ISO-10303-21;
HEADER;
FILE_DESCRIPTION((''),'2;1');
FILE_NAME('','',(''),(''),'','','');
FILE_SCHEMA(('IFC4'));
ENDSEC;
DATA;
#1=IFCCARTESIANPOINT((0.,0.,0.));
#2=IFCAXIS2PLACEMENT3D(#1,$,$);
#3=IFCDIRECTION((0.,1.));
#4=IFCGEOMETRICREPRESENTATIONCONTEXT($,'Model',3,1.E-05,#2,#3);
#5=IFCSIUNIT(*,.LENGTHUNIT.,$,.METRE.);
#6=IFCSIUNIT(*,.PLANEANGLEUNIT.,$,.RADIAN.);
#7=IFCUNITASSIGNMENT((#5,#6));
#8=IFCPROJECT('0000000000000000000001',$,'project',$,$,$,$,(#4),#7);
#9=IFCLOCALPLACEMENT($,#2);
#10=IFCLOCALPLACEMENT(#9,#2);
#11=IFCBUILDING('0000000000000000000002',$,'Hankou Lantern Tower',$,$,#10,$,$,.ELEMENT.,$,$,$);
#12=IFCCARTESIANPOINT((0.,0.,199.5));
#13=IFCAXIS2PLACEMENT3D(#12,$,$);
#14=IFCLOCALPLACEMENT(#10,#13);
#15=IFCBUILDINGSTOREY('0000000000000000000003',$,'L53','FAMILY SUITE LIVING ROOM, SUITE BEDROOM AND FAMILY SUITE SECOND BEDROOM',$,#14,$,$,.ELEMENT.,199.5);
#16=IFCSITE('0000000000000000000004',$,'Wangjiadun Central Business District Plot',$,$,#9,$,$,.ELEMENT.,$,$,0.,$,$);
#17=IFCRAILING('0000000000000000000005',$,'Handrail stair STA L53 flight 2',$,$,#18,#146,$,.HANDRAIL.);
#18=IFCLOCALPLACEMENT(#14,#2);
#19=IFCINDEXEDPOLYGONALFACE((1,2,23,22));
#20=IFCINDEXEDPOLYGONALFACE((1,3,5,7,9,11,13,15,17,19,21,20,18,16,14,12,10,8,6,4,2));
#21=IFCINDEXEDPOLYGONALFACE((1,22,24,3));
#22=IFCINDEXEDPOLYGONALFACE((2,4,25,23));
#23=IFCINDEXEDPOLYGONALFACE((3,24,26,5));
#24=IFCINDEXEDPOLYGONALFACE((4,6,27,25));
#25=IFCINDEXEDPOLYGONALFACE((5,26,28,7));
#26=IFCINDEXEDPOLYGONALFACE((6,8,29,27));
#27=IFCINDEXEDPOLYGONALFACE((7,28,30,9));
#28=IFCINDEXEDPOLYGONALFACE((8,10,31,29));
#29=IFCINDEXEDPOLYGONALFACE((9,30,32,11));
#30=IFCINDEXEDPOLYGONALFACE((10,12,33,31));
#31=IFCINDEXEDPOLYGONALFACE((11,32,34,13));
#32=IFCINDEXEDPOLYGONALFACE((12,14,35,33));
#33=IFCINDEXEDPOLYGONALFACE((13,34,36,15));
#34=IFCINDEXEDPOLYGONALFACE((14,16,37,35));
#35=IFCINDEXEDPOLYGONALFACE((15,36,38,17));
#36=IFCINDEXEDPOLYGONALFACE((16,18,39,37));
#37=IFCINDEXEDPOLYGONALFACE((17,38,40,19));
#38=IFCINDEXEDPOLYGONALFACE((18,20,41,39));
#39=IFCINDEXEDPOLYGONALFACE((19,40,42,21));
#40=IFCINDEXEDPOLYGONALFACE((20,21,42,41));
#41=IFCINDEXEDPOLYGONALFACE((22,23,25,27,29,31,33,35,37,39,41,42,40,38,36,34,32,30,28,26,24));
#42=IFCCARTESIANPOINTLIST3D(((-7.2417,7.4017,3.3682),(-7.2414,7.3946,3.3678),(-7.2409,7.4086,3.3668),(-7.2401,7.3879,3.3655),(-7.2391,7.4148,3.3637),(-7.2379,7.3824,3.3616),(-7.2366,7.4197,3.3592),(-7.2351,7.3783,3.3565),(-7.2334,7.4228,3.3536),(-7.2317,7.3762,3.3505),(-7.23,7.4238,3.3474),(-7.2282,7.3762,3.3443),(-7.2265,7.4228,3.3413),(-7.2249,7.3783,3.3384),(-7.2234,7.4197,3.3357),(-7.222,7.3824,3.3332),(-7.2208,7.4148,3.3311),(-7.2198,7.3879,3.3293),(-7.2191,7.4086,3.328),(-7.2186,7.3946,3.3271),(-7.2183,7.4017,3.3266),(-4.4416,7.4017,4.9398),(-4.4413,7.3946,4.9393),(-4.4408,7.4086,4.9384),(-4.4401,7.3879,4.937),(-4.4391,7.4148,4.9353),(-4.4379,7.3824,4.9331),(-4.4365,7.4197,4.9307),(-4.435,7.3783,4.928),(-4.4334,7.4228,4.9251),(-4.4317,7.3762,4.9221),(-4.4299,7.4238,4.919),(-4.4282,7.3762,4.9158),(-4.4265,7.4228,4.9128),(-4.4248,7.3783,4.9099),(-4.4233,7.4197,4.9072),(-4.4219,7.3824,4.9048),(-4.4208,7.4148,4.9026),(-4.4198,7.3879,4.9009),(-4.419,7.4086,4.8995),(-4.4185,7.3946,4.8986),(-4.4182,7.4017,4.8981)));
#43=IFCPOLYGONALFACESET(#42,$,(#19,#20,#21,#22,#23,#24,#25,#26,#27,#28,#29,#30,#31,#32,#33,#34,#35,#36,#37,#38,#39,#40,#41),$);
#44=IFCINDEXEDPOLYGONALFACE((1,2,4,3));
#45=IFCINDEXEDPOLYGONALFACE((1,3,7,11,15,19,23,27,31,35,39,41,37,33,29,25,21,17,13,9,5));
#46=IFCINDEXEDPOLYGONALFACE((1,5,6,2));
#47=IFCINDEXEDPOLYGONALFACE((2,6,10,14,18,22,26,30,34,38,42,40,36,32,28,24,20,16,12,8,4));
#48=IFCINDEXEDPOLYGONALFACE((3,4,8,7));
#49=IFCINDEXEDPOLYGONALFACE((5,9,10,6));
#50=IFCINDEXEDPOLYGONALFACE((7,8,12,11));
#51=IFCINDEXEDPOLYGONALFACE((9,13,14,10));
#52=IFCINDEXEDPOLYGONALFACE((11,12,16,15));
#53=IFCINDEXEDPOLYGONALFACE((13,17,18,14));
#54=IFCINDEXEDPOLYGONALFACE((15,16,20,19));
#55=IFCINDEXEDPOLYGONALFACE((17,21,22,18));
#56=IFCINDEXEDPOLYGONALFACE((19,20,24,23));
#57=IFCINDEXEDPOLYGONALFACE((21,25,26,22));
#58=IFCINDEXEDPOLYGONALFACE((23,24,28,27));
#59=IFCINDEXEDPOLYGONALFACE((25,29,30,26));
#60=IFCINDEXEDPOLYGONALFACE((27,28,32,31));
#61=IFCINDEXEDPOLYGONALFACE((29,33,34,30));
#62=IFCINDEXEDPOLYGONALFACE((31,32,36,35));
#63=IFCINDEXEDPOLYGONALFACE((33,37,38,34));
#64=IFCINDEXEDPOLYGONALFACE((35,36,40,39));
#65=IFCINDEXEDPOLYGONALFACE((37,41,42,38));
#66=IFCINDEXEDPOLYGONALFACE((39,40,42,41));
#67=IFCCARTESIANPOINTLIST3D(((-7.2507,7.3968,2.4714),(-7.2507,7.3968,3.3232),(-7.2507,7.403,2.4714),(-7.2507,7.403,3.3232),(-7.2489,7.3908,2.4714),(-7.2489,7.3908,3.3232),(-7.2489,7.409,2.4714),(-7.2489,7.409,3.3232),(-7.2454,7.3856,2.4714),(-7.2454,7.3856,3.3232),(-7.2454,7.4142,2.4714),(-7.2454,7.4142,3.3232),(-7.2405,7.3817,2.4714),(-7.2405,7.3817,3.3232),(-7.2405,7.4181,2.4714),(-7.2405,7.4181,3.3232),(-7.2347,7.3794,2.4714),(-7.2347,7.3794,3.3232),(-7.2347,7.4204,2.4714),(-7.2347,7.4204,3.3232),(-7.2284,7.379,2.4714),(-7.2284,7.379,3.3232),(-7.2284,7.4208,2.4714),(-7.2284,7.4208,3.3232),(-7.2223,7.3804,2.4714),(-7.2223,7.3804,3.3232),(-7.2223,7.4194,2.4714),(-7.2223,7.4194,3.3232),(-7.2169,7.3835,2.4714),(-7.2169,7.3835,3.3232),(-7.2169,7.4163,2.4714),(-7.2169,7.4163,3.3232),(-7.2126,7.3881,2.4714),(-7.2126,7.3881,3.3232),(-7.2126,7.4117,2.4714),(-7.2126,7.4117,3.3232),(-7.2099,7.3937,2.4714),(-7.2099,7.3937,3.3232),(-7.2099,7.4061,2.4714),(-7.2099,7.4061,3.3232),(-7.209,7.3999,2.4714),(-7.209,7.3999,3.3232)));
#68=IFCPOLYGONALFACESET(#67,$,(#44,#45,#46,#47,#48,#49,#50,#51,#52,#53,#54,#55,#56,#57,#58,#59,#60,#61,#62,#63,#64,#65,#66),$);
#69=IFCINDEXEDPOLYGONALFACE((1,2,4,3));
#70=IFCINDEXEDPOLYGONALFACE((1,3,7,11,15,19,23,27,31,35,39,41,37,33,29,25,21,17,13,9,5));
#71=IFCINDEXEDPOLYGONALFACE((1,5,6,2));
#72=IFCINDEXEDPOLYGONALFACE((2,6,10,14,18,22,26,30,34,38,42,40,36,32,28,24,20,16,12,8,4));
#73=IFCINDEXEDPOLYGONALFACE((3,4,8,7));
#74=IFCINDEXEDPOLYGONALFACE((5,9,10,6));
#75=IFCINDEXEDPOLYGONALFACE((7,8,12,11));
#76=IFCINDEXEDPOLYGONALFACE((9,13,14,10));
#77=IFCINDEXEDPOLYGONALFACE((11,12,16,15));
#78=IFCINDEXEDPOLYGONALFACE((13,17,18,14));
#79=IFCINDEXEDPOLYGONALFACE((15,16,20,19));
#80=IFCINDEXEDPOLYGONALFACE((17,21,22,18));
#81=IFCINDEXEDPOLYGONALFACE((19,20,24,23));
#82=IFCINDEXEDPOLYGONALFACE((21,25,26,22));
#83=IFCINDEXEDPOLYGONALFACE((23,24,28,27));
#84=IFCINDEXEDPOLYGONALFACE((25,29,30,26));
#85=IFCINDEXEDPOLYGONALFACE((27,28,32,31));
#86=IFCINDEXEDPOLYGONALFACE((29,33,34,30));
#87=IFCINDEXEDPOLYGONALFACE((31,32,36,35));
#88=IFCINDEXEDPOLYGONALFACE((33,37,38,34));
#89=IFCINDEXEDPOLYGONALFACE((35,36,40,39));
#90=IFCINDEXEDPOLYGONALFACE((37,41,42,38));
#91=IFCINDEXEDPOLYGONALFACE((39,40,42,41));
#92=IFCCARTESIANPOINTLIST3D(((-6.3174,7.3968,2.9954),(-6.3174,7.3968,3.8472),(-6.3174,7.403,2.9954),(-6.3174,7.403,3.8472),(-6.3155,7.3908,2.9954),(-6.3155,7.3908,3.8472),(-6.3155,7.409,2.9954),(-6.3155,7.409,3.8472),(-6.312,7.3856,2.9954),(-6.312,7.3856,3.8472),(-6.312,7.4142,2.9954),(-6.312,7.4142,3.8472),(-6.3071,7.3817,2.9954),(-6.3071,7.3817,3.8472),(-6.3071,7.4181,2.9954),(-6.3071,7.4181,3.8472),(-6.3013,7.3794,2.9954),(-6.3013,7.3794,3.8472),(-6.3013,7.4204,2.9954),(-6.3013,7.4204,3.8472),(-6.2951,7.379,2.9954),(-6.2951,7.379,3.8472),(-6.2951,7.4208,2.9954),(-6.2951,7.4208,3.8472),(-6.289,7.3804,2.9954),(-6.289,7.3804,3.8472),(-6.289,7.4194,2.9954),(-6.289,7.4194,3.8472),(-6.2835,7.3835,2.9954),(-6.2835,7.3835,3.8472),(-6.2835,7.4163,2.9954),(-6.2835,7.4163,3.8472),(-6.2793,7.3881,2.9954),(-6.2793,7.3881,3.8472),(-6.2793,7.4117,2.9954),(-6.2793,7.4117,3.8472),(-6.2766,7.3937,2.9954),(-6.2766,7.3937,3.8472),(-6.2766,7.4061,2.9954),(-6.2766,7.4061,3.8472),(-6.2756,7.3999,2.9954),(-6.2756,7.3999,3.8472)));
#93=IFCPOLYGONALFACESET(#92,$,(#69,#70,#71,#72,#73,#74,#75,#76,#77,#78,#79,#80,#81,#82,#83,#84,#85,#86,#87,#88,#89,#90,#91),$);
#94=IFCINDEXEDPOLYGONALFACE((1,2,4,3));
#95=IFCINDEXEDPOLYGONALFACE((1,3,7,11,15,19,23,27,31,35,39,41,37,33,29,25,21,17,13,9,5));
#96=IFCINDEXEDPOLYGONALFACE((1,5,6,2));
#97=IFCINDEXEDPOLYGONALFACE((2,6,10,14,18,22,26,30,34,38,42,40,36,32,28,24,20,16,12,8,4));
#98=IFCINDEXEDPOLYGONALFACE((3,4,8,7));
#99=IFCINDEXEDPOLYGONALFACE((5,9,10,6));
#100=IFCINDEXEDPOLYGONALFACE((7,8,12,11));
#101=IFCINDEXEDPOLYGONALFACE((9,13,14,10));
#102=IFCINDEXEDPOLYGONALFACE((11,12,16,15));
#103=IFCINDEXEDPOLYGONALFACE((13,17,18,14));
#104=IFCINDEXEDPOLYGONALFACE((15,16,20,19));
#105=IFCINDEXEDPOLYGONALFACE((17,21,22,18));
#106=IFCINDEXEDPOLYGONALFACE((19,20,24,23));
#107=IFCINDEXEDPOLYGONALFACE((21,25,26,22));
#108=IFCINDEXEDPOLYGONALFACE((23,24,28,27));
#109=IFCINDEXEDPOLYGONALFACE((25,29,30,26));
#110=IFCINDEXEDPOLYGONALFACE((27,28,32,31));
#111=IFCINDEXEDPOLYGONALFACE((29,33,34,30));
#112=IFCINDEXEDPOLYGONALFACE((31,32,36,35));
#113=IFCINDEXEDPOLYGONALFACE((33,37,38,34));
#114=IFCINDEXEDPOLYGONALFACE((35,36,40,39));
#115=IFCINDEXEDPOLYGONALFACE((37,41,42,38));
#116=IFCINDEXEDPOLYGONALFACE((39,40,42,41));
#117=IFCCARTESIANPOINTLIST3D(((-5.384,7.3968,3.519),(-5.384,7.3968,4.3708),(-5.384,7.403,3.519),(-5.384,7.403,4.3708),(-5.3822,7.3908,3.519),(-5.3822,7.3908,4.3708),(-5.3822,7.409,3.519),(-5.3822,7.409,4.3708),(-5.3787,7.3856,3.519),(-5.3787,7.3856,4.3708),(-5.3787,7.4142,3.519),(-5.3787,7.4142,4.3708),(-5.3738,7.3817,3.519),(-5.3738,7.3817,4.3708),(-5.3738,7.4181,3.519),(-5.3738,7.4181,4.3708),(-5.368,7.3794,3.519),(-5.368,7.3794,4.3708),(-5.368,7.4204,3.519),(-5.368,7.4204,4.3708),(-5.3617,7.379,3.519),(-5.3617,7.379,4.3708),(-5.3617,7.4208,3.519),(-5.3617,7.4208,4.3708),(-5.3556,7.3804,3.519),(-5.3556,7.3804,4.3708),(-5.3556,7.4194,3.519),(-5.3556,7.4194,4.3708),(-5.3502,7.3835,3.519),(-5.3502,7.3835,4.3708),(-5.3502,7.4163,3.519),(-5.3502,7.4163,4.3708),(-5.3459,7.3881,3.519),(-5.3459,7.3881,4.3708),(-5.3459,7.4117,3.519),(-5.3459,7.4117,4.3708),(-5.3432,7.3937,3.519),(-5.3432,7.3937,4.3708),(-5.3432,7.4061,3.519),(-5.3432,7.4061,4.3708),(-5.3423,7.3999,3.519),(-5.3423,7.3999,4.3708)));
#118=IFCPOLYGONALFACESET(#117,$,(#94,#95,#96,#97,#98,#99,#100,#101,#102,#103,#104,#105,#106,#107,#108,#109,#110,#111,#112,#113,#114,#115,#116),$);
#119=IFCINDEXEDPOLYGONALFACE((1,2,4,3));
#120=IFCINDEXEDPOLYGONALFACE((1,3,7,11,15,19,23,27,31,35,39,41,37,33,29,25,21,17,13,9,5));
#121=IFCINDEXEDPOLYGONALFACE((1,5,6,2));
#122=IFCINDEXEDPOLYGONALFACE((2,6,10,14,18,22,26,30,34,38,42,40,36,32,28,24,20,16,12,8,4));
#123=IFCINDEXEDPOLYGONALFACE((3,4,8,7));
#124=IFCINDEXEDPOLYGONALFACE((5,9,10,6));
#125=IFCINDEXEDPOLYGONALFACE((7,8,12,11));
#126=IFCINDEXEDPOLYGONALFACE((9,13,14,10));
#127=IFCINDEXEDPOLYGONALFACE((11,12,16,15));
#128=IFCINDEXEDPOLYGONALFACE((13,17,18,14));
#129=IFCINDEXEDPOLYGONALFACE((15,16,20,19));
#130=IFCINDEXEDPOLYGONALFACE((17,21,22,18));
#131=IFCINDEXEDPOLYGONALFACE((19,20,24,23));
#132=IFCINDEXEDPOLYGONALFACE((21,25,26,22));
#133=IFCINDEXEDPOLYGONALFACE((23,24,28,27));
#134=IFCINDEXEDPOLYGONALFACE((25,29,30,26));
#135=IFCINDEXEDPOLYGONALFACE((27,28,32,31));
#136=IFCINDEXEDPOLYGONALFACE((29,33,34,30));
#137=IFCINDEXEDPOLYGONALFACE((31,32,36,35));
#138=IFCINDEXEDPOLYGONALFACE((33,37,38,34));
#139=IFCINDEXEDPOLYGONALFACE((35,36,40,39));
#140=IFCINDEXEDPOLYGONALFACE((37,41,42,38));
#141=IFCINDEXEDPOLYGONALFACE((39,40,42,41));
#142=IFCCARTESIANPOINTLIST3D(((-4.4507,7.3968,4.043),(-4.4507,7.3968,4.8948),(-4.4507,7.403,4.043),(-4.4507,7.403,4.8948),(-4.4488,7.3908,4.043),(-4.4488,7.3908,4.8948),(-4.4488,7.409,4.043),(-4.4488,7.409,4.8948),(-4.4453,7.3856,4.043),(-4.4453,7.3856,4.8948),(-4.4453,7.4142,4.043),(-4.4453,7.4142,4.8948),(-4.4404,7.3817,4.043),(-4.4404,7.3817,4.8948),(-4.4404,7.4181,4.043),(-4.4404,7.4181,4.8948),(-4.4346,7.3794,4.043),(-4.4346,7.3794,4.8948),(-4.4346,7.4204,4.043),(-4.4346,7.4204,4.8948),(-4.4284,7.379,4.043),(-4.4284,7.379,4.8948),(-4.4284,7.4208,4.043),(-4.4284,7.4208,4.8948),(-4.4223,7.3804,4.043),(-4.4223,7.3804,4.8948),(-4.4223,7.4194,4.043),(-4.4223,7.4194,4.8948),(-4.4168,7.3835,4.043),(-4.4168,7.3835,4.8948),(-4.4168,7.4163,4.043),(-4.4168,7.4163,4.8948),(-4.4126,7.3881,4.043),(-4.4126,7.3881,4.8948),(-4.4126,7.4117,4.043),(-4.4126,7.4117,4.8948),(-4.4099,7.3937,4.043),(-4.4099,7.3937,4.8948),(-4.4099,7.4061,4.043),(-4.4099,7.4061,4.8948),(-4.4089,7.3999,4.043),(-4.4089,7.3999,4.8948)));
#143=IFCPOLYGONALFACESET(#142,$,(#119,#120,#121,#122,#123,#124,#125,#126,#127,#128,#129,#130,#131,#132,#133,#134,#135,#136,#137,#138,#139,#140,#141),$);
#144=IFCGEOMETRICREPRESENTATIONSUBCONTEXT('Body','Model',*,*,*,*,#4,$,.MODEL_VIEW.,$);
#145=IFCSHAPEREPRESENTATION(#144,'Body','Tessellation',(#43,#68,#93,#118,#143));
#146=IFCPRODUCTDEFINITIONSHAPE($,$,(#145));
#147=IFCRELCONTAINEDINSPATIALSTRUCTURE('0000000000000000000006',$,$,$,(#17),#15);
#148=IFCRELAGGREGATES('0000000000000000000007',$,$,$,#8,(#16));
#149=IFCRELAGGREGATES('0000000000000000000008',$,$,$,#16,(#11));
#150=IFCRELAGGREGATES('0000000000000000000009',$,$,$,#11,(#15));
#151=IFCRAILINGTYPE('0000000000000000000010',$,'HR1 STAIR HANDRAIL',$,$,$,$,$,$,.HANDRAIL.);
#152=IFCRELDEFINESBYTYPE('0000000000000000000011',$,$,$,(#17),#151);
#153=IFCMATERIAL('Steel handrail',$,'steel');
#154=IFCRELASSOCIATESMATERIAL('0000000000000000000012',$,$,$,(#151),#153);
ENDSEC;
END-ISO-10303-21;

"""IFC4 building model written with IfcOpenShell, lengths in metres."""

from ifc_helpers import new_model, si_unit, direction, frame, origin, origin_2d, place, context, subcontext, project, spatial, circle, extrude, material, type_object, element, save


model = new_model("IFC4")

# Units and contexts
model_context = context("Model", 3, precision=1e-05, world=origin(), true_north=direction((0.0, 1.0)))
body_context = subcontext(model_context, "Body", "Model", "MODEL_VIEW")
ifc_project = project(units=[si_unit("LENGTHUNIT", "METRE"), si_unit("PLANEANGLEUNIT", "RADIAN")], contexts=[model_context])

# Site, building, storey
site_placement = place(None, origin())
site = spatial("IfcSite", under=ifc_project, at=site_placement, Name="Wangjiadun Central Business District Plot", CompositionType="ELEMENT", RefElevation=0.0)
building_placement = place(site_placement, origin())
building = spatial("IfcBuilding", under=site, at=building_placement, Name="Hankou Lantern Tower", CompositionType="ELEMENT")
storey_placement = place(building_placement, frame((0.0, 0.0, 199.5)))
storey = spatial("IfcBuildingStorey", under=building, at=storey_placement, Name="L53", Description="FAMILY SUITE LIVING ROOM, SUITE BEDROOM AND FAMILY SUITE SECOND BEDROOM", CompositionType="ELEMENT", Elevation=199.5)

# Railing
ifc_material_1 = material(Name="Steel handrail", Category="steel")
railing_type = type_object("IfcRailingType", Name="HR1 STAIR HANDRAIL", PredefinedType="HANDRAIL", material=ifc_material_1)
railing_1_placement = place(storey_placement, frame((-7.23, 7.3999, 2.4714)))
element("IfcRailing", 1, at=railing_1_placement, inside=storey, type_object=railing_type, Name="Handrail stair STA L53 flight 2", PredefinedType="HANDRAIL", context=body_context, shape_type="SweptSolid", body=[
    extrude(circle(Radius=0.0239, at=origin_2d()), frame((0.0, 0.0, 0.876), z_axis=(0.87204, 0.0, 0.489434), x_axis=(0.0, 1.0, 0.0)), (0.0, 0.0, 1.0), 3.2109),
    extrude(circle(Radius=0.021, at=origin_2d()), origin(), (0.0, 0.0, 1.0), 0.8518),
    extrude(circle(Radius=0.021, at=origin_2d()), frame((0.9333, 0.0, 0.5239)), (0.0, 0.0, 1.0), 0.8518),
    extrude(circle(Radius=0.021, at=origin_2d()), frame((1.8667, 0.0, 1.0476)), (0.0, 0.0, 1.0), 0.8518),
    extrude(circle(Radius=0.021, at=origin_2d()), frame((2.8, 0.0, 1.5715)), (0.0, 0.0, 1.0), 0.8518),
])

save(model, "model.ifc")
